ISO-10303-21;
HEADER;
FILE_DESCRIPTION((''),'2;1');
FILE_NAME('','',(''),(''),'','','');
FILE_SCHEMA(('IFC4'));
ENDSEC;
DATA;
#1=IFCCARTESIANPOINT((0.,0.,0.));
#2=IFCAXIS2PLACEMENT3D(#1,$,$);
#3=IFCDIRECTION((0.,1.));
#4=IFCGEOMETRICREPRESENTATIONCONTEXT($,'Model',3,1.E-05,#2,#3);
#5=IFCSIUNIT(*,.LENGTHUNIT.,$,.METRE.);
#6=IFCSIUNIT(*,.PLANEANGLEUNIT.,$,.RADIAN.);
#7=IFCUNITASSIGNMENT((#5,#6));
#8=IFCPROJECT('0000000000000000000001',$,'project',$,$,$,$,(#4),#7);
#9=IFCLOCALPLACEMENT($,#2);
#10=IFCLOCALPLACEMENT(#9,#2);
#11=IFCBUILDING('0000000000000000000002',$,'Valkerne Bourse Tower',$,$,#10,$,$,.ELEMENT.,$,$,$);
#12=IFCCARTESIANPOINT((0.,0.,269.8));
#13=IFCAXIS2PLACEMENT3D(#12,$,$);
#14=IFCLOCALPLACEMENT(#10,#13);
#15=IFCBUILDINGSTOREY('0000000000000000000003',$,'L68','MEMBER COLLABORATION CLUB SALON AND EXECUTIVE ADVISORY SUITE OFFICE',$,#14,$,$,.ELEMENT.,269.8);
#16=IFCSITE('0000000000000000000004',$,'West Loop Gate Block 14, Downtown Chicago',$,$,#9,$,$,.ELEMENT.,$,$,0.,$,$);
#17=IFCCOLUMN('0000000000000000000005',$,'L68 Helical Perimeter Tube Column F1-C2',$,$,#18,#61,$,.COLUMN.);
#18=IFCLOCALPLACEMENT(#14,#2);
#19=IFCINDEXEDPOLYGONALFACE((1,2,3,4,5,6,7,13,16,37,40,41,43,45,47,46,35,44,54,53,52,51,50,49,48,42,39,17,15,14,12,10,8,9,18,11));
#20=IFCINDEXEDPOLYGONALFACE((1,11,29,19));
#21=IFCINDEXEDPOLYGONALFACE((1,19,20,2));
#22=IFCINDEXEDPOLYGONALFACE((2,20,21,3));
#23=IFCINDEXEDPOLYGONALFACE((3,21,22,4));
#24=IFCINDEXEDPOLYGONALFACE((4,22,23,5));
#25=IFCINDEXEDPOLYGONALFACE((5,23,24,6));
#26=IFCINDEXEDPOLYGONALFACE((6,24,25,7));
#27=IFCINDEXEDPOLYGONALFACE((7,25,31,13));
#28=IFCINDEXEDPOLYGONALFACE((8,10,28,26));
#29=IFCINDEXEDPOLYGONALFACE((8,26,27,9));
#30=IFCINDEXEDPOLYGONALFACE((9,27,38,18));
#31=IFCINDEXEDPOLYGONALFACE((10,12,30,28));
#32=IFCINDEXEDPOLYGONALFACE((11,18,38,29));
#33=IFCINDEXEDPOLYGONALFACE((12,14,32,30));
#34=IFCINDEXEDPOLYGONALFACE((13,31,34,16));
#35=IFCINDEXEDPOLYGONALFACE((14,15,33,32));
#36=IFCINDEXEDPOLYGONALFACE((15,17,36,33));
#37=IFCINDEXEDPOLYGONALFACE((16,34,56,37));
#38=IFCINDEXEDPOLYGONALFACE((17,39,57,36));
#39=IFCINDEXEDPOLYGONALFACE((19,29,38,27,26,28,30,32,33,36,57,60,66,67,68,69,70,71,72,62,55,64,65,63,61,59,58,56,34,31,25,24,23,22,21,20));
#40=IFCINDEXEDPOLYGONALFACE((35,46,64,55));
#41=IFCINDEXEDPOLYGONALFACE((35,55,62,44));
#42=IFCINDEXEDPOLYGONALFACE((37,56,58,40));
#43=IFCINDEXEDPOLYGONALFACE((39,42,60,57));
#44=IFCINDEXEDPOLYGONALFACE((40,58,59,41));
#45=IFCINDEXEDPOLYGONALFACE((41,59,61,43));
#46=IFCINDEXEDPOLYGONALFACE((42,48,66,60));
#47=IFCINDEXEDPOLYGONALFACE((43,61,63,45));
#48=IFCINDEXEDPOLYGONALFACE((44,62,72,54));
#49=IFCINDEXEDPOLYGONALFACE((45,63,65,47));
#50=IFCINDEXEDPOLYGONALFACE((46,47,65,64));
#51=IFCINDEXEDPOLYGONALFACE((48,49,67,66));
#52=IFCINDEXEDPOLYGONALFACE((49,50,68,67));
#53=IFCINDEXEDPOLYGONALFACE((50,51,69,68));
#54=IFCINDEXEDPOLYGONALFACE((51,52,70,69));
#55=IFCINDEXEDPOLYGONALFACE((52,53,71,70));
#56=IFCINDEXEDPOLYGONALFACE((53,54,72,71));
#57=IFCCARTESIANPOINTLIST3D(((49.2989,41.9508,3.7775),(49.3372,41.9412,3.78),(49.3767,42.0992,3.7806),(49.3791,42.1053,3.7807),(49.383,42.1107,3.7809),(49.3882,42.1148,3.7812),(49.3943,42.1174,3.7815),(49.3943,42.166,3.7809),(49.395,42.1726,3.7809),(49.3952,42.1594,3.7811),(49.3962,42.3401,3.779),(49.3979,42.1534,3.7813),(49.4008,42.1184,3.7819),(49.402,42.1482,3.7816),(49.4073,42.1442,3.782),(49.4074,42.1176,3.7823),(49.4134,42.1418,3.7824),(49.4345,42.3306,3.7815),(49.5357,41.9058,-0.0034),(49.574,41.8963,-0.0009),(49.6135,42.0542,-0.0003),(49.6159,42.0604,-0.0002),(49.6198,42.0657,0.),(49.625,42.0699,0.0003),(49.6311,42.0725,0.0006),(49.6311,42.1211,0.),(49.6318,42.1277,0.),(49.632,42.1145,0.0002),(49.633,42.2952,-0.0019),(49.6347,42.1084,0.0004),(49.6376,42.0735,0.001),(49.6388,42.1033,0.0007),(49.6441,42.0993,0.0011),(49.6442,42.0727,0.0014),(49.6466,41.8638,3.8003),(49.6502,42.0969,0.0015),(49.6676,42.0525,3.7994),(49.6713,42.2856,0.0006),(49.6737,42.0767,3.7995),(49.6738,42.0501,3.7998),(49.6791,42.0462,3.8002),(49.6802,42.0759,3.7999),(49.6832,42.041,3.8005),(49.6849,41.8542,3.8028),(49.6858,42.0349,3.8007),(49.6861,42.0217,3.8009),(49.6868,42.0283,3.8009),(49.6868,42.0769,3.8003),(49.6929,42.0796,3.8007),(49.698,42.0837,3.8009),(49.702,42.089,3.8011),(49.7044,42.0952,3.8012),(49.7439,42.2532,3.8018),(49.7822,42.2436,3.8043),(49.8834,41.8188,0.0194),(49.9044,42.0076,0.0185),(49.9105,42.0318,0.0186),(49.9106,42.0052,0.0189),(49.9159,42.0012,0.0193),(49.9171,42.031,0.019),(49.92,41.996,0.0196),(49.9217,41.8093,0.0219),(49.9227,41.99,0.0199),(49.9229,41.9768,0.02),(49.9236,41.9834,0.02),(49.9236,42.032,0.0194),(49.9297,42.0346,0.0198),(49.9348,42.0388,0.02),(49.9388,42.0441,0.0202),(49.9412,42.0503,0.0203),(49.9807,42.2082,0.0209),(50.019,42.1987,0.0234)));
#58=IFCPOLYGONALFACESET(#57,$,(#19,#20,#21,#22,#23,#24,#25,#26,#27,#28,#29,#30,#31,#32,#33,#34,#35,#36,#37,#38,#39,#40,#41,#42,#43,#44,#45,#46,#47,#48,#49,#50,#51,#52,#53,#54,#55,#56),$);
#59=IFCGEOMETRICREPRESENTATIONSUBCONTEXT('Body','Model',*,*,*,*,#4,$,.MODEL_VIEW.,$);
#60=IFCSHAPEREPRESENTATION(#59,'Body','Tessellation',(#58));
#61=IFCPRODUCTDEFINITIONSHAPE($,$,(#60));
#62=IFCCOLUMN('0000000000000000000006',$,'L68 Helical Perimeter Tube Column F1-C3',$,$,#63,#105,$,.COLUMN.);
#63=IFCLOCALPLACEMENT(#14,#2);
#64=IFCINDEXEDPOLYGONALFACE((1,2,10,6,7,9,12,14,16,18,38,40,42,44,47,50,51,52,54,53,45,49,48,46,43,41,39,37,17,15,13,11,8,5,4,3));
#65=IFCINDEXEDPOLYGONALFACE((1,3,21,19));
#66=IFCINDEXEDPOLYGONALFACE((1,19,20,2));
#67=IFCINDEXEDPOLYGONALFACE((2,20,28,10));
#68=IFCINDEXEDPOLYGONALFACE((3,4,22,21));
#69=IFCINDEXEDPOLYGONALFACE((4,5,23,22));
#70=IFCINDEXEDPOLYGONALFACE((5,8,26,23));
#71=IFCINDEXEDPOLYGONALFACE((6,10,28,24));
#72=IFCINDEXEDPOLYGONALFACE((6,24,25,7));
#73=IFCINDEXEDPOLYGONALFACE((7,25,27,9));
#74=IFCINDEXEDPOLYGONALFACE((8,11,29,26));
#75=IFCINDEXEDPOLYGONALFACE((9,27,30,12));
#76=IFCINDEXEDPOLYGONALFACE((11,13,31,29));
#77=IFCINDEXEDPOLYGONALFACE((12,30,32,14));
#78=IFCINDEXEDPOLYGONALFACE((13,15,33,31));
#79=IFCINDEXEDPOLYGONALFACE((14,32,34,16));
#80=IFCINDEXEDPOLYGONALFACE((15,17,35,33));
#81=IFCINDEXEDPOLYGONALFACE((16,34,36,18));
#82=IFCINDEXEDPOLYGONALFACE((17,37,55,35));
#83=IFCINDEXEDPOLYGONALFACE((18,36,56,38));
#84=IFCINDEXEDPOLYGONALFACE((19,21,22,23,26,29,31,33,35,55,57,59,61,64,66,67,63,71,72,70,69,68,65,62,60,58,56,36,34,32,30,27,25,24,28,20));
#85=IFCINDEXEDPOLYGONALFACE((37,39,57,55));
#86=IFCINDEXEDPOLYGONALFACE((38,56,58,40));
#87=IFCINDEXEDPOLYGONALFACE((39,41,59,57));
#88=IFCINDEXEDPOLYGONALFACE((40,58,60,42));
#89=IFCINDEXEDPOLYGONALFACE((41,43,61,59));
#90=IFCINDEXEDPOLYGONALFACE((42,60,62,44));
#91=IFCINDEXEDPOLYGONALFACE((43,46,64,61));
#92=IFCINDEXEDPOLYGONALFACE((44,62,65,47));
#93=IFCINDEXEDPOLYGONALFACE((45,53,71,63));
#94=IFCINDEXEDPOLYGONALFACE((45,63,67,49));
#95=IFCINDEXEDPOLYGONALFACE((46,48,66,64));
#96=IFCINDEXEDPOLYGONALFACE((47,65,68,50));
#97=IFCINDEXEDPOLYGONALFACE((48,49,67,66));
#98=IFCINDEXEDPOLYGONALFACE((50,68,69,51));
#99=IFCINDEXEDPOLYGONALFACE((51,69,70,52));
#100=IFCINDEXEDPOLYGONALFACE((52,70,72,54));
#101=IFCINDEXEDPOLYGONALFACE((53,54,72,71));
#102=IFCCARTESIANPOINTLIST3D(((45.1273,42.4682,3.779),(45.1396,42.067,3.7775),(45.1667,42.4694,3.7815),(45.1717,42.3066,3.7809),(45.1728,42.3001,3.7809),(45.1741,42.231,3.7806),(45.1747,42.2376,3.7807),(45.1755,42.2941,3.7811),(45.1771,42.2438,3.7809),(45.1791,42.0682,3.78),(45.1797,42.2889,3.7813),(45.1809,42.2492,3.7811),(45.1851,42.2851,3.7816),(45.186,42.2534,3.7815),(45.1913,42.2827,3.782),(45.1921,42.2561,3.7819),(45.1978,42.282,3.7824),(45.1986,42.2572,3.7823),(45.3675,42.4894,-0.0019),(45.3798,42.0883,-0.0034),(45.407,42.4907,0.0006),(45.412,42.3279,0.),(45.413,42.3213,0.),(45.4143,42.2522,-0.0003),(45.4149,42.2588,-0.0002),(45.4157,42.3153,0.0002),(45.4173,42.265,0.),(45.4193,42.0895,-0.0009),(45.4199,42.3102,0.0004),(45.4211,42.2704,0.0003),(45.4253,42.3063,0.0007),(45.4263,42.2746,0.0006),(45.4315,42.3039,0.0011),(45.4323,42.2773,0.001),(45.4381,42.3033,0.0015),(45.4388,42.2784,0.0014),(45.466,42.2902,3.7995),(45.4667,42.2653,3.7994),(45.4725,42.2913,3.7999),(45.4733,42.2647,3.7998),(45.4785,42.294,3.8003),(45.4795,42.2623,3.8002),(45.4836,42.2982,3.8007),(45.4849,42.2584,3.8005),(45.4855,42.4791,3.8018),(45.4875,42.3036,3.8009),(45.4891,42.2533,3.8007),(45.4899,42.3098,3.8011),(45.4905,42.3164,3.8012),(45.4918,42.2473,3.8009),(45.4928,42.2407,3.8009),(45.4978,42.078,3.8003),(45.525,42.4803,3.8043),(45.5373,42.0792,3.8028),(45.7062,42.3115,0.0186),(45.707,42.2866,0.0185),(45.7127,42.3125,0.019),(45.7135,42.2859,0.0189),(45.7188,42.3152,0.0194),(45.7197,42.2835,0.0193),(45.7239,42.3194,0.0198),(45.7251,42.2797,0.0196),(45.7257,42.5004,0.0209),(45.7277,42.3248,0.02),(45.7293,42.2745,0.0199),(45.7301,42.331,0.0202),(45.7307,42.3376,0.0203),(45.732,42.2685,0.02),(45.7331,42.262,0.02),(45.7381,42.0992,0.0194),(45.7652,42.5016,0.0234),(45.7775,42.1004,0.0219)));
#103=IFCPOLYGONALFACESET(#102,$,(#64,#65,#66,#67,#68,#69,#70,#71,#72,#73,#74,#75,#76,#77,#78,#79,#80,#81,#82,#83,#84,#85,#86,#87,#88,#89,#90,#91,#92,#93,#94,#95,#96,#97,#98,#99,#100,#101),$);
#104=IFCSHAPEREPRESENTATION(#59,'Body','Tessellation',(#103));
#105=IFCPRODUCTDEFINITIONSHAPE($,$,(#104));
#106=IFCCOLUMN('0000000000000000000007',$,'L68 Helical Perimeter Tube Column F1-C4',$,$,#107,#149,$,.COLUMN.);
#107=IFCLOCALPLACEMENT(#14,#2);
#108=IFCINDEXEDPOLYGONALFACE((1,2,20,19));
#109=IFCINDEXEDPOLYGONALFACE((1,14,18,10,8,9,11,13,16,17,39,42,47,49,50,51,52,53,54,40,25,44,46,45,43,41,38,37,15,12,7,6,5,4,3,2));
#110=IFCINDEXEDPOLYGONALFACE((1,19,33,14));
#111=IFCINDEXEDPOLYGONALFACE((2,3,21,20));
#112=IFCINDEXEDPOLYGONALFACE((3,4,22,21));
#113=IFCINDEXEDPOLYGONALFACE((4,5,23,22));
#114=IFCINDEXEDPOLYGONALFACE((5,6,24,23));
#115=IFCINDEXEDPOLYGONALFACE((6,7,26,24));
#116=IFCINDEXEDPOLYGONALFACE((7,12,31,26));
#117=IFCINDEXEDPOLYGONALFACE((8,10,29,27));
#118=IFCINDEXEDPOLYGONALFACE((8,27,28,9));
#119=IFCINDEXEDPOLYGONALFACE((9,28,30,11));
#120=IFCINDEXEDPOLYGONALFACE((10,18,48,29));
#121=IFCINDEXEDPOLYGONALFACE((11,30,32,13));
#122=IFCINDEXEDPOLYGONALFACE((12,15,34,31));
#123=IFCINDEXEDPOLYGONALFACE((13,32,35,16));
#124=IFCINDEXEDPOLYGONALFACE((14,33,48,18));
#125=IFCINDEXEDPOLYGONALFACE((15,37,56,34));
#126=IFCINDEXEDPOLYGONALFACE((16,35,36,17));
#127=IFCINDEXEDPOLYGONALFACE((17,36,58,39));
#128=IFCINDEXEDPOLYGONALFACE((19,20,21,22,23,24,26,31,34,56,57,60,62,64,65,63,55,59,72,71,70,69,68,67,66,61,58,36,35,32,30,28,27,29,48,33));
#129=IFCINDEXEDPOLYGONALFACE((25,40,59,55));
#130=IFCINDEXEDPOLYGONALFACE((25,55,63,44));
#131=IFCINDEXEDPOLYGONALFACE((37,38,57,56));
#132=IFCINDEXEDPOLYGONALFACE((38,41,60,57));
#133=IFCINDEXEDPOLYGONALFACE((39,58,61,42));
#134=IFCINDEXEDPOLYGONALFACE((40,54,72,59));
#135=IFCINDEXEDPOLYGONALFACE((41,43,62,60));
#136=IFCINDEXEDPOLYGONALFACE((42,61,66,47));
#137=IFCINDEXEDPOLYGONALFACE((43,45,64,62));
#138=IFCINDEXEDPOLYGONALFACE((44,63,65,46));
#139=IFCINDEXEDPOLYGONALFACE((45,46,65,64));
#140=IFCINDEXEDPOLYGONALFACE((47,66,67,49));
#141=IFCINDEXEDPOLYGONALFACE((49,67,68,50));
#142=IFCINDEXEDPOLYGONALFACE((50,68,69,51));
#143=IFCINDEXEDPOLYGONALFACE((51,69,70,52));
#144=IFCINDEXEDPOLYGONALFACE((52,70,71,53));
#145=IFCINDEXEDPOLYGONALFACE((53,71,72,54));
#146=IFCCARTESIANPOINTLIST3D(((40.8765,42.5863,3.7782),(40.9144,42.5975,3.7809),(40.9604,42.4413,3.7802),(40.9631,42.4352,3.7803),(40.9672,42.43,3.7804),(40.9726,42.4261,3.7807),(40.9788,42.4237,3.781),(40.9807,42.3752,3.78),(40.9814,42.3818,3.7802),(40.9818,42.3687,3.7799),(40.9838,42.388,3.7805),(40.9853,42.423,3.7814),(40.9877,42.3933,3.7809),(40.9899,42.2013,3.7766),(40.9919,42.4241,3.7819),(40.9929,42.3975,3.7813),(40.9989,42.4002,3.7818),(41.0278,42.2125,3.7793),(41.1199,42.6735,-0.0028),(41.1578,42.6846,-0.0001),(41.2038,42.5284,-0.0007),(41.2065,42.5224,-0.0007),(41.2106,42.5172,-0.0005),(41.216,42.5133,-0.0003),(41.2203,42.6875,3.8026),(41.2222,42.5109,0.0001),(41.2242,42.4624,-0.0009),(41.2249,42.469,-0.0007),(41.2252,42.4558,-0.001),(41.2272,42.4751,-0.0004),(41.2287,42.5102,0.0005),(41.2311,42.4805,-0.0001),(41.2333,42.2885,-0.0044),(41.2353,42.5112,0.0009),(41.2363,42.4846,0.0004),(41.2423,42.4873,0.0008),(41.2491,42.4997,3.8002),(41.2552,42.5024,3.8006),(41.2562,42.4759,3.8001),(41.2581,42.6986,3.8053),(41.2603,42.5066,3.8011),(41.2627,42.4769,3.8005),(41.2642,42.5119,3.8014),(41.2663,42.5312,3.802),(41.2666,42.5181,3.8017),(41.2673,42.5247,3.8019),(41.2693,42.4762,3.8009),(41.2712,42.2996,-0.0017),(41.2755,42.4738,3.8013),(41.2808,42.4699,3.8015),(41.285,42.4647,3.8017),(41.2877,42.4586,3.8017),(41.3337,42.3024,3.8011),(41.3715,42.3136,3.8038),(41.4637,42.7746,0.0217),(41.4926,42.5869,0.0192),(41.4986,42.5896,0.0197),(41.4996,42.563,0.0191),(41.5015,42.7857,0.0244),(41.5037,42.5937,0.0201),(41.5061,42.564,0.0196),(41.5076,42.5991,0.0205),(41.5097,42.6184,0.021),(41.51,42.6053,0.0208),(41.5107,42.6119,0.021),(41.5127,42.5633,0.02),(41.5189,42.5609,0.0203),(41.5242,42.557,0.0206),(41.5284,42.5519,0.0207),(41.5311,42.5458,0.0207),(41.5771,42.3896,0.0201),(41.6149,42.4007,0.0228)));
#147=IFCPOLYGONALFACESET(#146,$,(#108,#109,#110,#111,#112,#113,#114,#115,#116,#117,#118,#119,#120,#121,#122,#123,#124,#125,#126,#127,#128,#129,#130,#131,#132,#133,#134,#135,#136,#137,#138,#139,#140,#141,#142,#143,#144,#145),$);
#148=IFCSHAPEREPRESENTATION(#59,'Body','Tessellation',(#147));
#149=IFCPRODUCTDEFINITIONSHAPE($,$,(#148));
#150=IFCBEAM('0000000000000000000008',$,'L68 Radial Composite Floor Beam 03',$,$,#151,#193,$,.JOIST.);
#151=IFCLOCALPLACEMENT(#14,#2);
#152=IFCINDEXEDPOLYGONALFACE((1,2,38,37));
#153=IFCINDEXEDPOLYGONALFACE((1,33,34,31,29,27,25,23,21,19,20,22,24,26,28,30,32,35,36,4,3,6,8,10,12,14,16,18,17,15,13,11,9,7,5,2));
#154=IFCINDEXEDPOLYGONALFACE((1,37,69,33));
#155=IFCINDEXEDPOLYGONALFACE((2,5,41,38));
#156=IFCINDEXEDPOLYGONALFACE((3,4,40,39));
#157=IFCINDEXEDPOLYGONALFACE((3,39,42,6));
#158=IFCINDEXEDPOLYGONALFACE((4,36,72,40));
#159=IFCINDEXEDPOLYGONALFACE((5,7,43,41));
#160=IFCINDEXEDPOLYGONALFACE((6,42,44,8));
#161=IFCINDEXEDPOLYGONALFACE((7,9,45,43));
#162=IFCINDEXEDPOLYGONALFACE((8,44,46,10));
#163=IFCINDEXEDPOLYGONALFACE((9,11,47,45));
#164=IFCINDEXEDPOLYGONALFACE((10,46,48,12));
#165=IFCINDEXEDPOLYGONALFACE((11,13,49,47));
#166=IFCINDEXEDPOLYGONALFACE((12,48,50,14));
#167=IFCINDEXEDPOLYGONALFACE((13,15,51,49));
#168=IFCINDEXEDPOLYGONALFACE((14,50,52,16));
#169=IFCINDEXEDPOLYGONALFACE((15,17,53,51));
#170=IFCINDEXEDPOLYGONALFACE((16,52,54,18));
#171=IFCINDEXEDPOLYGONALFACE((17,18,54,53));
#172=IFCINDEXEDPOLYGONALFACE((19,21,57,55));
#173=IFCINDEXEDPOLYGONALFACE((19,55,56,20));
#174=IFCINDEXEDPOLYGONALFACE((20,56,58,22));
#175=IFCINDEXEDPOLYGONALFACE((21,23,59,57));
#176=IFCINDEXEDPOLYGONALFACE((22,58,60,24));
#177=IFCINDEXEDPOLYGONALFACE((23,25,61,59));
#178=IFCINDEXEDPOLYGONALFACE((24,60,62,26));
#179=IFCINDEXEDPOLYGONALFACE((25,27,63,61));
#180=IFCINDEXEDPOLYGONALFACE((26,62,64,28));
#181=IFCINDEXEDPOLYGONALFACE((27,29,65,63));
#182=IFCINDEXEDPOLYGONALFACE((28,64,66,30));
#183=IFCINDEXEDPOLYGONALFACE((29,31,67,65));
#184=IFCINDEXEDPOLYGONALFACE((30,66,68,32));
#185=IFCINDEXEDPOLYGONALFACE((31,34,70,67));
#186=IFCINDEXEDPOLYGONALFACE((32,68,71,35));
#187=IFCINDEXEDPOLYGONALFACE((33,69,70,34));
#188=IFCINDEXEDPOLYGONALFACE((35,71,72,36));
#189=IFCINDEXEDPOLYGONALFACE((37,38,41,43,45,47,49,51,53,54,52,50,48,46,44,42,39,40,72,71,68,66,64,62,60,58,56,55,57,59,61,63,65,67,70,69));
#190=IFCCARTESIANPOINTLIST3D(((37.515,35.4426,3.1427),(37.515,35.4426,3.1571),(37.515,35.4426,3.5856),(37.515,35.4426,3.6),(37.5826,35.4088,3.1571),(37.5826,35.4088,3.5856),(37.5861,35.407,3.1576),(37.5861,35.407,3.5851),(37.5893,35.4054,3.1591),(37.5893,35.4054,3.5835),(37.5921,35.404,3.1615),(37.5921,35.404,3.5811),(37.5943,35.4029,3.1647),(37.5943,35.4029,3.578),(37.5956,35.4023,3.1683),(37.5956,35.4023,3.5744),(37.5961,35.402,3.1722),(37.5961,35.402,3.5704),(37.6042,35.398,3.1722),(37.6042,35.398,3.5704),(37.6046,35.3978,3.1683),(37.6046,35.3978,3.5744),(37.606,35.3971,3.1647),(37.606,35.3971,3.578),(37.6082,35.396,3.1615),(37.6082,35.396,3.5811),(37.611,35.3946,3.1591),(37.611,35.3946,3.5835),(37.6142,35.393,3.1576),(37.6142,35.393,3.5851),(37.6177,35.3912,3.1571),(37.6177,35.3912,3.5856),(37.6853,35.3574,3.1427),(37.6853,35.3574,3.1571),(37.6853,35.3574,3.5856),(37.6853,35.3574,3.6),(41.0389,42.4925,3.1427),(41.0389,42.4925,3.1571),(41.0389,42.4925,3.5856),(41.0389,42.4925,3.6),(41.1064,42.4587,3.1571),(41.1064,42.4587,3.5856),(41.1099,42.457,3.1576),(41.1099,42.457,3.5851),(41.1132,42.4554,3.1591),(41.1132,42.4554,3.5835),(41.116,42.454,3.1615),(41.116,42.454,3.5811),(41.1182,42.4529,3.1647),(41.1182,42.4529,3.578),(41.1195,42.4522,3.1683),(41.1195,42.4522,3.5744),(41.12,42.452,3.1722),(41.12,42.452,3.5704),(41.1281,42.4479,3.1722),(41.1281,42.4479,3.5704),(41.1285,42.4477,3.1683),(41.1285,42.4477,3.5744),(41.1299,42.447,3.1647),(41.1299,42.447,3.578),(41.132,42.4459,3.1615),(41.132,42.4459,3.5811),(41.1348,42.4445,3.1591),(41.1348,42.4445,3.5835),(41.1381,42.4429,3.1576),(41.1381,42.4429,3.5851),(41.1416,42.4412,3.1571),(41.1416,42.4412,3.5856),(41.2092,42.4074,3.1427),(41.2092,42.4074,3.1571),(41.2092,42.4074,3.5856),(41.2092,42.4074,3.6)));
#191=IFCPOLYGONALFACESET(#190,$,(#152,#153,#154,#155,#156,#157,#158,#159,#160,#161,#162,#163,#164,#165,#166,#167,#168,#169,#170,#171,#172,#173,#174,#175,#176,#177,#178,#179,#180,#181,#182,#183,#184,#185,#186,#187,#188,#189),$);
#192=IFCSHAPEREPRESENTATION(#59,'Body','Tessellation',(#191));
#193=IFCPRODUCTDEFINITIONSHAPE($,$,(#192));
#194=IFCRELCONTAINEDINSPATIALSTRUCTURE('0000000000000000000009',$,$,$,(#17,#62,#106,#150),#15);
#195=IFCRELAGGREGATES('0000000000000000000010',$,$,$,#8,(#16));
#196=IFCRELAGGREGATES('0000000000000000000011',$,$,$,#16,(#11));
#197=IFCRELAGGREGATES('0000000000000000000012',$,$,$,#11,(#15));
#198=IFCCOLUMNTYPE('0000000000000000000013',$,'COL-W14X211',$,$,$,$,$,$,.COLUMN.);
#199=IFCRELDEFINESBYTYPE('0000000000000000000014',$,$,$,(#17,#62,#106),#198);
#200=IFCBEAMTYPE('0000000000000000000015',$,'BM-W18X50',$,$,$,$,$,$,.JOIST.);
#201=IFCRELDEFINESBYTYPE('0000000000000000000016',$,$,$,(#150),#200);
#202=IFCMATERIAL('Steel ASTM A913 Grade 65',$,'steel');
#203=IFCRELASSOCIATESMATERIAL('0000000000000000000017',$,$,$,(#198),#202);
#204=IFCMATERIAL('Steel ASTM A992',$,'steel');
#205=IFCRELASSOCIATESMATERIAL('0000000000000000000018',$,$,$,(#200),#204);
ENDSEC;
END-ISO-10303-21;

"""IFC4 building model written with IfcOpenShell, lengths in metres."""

from ifc_helpers import new_model, si_unit, direction, frame, origin, origin_2d, place, context, subcontext, project, spatial, i_section, extrude, material, material_profile, profile_set, type_object, element, save


model = new_model("IFC4")

# Units and contexts
model_context = context("Model", 3, precision=1e-05, world=origin(), true_north=direction((0.0, 1.0)))
body_context = subcontext(model_context, "Body", "Model", "MODEL_VIEW")
ifc_project = project(units=[si_unit("LENGTHUNIT", "METRE"), si_unit("PLANEANGLEUNIT", "RADIAN")], contexts=[model_context])

# Site, building, storey
site_placement = place(None, origin())
site = spatial("IfcSite", under=ifc_project, at=site_placement, Name="West Loop Gate Block 14, Downtown Chicago", CompositionType="ELEMENT", RefElevation=0.0)
building_placement = place(site_placement, origin())
building = spatial("IfcBuilding", under=site, at=building_placement, Name="Valkerne Bourse Tower", CompositionType="ELEMENT")
storey_placement = place(building_placement, frame((0.0, 0.0, 269.8)))
storey = spatial("IfcBuildingStorey", under=building, at=storey_placement, Name="L68", Description="MEMBER COLLABORATION CLUB SALON AND EXECUTIVE ADVISORY SUITE OFFICE", CompositionType="ELEMENT", Elevation=269.8)

# Columns
ifc_material_1 = material(Name="Steel ASTM A913 Grade 65", Category="steel")
ifc_material_profile_1 = material_profile(ifc_material_1, i_section(OverallWidth=0.4014, OverallDepth=0.3987, WebThickness=0.0249, FlangeThickness=0.0396, FilletRadius=0.0254, at=origin_2d()), Name="W14X211")
ifc_profile_set_1 = profile_set([ifc_material_profile_1], Name="Steel ASTM A913 Grade 65")
column_type = type_object("IfcColumnType", Name="COL-W14X211", PredefinedType="COLUMN", material=ifc_profile_set_1)
for number, where, z_axis, x_axis, name in (
    (1, (49.7773, 42.0522, 0.01), (-0.062506, 0.011857, 0.997974), (0.242499, 0.970145, 0.003662), "L68 Helical Perimeter Tube Column F1-C2"),
    (2, (45.5725, 42.2949, 0.01), (-0.063408, -0.005606, 0.997972), (-0.030701, 0.999522, 0.003664), "L68 Helical Perimeter Tube Column F1-C3"),
):
    element("IfcColumn", number, at=place(storey_placement, frame(where, z_axis=z_axis, x_axis=x_axis)), inside=storey, type_object=column_type, Name=name, PredefinedType="COLUMN", context=body_context, shape_type="SweptSolid", body=[
        extrude(i_section(OverallWidth=0.4014, OverallDepth=0.3987, WebThickness=0.0249, FlangeThickness=0.0396, FilletRadius=0.0254, at=origin_2d()), origin(), (0.0, 0.0, 1.0), 3.7886),
    ])
column_placement = place(storey_placement, frame((41.3674, 42.5371, 0.01), z_axis=(-0.064227, -0.022998, 0.99767), x_axis=(-0.282487, 0.959263, 0.003927)))
element("IfcColumn", 3, at=column_placement, inside=storey, type_object=column_type, Name="L68 Helical Perimeter Tube Column F1-C4", PredefinedType="COLUMN", context=body_context, shape_type="SweptSolid", body=[
    extrude(i_section(OverallWidth=0.4014, OverallDepth=0.3987, WebThickness=0.0249, FlangeThickness=0.0396, FilletRadius=0.0254, at=origin_2d()), origin(), (0.0, 0.0, 1.0), 3.7898),
])

# Beam
ifc_material_2 = material(Name="Steel ASTM A992", Category="steel")
ifc_material_profile_2 = material_profile(ifc_material_2, i_section(OverallWidth=0.1904, OverallDepth=0.4573, WebThickness=0.009, FlangeThickness=0.0144, FilletRadius=0.0151, at=origin_2d()), Name="W18X50")
ifc_profile_set_2 = profile_set([ifc_material_profile_2], Name="Steel ASTM A992")
beam_type_1 = type_object("IfcBeamType", Name="BM-W18X50", PredefinedType="JOIST", material=ifc_profile_set_2)
beam_1_placement = place(storey_placement, frame((41.124, 42.45, 3.3713), z_axis=(-0.447102, -0.894483, 0.0), x_axis=(0.894483, -0.447102, 0.0)))
element("IfcBeam", 4, at=beam_1_placement, inside=storey, type_object=beam_type_1, Name="L68 Radial Composite Floor Beam 03", PredefinedType="JOIST", context=body_context, shape_type="SweptSolid", body=[
    extrude(i_section(OverallWidth=0.1904, OverallDepth=0.4573, WebThickness=0.009, FlangeThickness=0.0144, FilletRadius=0.0151, at=origin_2d()), origin(), (0.0, 0.0, 1.0), 7.8816),
])

save(model, "model.ifc")
